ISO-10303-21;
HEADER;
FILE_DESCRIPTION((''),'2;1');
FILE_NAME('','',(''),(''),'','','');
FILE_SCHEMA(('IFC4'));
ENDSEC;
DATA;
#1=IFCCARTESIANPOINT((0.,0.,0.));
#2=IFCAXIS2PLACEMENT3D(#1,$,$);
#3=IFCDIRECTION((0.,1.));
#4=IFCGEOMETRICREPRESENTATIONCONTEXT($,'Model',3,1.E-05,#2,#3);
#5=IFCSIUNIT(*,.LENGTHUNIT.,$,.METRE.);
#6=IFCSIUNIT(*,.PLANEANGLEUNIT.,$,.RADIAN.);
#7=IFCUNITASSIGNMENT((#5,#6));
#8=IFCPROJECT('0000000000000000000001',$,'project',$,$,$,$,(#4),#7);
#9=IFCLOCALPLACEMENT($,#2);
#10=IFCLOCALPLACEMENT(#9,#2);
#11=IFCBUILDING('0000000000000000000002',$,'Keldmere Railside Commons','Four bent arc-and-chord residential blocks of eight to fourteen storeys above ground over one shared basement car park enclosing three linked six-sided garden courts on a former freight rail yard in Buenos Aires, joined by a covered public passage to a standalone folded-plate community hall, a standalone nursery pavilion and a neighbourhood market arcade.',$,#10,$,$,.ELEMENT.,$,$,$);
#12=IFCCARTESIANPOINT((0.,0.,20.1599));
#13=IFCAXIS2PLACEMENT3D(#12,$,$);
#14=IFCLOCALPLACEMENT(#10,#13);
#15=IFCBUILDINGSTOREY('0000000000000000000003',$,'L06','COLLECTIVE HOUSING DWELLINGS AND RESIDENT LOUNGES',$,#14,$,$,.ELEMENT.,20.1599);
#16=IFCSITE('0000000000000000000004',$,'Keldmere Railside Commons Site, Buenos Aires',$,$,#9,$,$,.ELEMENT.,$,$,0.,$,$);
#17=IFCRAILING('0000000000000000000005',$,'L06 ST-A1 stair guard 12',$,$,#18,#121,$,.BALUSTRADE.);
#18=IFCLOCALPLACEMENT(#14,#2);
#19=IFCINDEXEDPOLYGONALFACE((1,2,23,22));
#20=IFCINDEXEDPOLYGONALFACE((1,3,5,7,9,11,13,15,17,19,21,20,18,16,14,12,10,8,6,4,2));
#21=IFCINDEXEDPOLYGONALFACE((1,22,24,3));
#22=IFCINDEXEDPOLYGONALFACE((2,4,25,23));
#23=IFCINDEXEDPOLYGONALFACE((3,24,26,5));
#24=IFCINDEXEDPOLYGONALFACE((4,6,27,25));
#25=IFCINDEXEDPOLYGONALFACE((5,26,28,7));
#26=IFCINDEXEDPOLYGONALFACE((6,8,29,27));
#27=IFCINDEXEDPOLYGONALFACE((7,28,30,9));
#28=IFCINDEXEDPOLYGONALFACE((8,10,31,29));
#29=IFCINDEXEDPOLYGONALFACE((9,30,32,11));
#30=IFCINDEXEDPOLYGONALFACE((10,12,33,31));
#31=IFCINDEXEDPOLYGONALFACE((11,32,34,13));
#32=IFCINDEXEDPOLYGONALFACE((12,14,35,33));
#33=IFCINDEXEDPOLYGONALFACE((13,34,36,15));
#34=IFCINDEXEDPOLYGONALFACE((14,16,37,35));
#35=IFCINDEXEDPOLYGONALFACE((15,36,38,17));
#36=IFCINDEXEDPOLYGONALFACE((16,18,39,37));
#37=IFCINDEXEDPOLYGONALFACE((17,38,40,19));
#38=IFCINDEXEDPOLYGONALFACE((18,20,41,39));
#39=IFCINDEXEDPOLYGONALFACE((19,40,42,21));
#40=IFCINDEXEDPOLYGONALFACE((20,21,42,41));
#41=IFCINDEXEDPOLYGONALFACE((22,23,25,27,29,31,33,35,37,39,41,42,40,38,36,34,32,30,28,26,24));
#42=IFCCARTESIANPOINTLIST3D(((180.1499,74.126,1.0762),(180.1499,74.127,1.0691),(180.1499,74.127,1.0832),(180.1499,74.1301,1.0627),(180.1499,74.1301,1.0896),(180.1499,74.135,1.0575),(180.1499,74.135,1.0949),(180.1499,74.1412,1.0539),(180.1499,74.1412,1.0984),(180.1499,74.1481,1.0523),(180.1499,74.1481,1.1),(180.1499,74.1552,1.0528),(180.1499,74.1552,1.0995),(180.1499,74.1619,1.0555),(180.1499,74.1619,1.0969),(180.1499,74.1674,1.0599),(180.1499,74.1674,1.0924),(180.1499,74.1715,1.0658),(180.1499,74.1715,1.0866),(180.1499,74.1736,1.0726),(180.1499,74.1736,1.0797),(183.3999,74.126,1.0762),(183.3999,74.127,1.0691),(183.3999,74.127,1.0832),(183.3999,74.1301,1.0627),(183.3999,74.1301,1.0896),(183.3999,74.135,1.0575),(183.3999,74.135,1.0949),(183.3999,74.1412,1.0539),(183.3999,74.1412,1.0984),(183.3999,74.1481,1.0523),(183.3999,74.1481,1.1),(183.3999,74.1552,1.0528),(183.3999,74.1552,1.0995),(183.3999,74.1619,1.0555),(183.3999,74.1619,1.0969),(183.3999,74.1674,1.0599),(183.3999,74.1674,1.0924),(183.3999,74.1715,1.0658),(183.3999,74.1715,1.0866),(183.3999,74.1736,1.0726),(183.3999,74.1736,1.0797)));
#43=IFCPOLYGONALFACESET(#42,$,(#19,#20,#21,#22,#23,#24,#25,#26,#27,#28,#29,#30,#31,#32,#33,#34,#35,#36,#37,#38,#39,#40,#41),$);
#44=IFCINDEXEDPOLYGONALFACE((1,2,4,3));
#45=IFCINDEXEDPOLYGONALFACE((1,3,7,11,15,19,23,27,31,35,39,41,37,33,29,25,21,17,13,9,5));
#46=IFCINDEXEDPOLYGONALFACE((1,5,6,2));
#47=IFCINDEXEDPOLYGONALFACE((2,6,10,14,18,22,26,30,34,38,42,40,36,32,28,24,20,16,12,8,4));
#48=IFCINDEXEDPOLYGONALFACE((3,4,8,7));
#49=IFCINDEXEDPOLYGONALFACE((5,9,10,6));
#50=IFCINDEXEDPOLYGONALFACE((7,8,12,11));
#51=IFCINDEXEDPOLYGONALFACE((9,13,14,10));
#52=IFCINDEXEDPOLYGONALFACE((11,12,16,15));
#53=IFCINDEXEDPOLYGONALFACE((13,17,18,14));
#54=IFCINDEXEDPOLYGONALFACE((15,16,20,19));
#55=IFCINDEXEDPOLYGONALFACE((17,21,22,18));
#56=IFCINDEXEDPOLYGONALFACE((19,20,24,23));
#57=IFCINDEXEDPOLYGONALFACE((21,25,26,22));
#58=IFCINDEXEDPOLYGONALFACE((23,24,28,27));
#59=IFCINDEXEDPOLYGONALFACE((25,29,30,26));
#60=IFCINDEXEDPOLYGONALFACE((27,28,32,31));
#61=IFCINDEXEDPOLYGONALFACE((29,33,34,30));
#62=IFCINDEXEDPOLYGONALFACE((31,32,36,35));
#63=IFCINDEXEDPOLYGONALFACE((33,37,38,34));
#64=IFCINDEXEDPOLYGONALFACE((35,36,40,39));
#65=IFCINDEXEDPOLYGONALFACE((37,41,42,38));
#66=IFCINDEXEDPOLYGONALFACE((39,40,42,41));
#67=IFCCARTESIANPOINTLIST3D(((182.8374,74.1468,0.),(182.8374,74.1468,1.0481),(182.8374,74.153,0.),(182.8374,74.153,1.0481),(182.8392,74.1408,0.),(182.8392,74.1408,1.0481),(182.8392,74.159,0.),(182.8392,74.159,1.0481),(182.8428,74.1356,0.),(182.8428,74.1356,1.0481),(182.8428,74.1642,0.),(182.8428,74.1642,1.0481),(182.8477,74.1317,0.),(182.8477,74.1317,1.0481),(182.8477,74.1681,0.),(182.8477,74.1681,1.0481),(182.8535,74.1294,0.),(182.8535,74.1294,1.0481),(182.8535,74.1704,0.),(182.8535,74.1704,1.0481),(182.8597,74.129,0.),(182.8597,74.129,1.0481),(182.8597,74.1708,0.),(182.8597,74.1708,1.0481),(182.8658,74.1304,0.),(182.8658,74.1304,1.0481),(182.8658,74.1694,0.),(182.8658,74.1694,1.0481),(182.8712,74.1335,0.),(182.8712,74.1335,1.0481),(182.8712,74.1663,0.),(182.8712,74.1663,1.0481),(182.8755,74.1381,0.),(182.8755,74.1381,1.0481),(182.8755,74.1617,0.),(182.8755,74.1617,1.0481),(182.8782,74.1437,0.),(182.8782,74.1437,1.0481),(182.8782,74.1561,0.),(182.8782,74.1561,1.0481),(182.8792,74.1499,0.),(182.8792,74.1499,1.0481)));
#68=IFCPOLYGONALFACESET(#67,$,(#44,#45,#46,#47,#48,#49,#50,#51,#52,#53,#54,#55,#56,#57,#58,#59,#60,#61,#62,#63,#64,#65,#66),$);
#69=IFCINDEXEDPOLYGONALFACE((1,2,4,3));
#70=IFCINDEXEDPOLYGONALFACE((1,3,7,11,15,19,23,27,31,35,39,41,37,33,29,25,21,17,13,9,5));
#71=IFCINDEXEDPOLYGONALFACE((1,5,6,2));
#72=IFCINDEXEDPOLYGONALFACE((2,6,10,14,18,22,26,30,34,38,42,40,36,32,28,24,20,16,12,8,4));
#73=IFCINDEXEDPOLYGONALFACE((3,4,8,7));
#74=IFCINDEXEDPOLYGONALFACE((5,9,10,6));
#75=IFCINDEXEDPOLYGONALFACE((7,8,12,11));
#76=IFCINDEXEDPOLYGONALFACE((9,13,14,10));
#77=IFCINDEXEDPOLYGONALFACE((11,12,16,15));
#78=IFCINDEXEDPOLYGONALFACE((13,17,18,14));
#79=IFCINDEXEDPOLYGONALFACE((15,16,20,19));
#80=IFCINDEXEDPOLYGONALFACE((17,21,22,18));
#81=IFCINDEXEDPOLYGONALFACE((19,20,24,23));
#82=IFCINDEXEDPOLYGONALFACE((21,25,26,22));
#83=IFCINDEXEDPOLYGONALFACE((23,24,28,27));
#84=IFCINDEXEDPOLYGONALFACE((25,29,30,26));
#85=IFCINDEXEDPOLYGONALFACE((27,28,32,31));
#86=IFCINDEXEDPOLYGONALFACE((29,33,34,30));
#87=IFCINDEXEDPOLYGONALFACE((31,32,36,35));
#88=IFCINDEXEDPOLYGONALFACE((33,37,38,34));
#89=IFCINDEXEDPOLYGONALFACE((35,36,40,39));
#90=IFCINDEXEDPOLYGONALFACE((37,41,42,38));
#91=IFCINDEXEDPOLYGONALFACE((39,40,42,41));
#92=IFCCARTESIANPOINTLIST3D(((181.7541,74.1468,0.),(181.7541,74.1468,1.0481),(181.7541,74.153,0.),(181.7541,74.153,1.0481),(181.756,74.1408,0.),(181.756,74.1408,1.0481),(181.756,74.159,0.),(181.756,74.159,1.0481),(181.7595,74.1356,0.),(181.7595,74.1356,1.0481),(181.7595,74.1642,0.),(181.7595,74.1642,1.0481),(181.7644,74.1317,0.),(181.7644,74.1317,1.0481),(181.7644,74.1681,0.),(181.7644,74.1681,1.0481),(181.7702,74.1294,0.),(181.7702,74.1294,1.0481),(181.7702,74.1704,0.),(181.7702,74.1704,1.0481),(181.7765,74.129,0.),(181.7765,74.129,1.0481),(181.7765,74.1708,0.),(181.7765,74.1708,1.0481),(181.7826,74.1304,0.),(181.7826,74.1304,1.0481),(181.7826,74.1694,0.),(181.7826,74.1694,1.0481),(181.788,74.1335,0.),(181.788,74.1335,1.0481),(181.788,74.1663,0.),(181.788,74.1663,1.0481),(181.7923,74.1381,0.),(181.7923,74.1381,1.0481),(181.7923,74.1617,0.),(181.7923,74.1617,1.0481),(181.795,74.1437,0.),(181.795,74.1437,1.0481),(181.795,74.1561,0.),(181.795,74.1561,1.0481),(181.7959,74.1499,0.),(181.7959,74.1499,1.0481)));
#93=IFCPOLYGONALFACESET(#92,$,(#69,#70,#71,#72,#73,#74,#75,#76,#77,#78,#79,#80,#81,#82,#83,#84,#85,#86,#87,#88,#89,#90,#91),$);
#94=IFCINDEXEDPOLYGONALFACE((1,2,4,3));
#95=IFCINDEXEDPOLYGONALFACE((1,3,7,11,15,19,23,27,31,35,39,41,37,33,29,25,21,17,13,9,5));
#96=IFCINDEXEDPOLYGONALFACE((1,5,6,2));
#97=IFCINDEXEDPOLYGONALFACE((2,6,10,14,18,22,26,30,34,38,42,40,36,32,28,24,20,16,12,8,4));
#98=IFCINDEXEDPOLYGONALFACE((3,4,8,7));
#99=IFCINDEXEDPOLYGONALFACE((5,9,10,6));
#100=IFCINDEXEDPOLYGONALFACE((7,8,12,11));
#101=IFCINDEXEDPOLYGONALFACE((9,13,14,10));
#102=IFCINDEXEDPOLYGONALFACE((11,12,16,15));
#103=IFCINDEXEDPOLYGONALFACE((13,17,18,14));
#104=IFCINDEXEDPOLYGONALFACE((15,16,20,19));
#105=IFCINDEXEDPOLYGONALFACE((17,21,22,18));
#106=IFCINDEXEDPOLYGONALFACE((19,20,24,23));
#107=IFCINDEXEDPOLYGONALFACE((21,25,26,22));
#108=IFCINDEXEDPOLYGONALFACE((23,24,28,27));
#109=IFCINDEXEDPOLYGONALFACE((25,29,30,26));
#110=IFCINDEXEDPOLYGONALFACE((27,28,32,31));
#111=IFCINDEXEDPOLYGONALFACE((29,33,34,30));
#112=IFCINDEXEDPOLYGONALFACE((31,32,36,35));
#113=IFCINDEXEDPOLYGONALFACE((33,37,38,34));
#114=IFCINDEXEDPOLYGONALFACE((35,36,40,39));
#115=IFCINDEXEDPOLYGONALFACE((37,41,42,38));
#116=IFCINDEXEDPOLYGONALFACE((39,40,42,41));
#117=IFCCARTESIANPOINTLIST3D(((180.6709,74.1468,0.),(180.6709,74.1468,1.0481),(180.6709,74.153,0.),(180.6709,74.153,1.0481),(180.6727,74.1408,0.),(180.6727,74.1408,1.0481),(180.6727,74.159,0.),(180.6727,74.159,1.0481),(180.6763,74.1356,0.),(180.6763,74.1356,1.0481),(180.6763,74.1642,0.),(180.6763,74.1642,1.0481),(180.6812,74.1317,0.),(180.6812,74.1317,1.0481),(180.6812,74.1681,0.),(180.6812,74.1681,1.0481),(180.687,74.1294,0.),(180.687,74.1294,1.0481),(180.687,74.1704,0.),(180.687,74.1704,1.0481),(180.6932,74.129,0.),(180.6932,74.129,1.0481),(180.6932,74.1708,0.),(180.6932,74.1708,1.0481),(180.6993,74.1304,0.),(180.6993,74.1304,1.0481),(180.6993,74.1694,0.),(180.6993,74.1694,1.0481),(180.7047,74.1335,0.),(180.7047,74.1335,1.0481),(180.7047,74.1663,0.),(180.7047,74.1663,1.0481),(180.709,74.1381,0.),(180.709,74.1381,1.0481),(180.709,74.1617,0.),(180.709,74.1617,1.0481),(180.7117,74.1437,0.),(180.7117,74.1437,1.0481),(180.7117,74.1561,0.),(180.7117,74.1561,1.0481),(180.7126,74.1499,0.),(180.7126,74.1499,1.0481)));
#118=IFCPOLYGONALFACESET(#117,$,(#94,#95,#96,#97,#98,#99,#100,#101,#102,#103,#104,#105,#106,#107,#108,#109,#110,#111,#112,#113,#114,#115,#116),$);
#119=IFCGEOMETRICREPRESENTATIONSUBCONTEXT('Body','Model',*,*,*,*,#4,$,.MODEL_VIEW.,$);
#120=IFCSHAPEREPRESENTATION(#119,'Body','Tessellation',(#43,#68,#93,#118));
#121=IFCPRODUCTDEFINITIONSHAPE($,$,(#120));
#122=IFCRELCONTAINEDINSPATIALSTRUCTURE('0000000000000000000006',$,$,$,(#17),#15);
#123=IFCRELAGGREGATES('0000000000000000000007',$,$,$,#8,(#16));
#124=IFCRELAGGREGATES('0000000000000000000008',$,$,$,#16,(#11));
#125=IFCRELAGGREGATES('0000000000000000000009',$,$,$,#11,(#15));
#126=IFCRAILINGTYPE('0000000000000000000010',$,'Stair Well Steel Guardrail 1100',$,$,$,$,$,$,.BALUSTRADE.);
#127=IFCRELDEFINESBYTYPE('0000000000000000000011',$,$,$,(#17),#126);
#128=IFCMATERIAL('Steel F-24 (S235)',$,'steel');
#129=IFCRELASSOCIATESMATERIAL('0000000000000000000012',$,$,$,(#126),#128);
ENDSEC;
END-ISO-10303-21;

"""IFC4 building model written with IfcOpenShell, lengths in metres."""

from ifc_helpers import new_model, si_unit, direction, frame, origin, origin_2d, place, context, subcontext, project, spatial, circle, extrude, material, type_object, element, save


model = new_model("IFC4")

# Units and contexts
model_context = context("Model", 3, precision=1e-05, world=origin(), true_north=direction((0.0, 1.0)))
body_context = subcontext(model_context, "Body", "Model", "MODEL_VIEW")
ifc_project = project(units=[si_unit("LENGTHUNIT", "METRE"), si_unit("PLANEANGLEUNIT", "RADIAN")], contexts=[model_context])

# Site, building, storey
site_placement = place(None, origin())
site = spatial("IfcSite", under=ifc_project, at=site_placement, Name="Keldmere Railside Commons Site, Buenos Aires", CompositionType="ELEMENT", RefElevation=0.0)
building_placement = place(site_placement, origin())
building = spatial("IfcBuilding", under=site, at=building_placement, Name="Keldmere Railside Commons", Description="Four bent arc-and-chord residential blocks of eight to fourteen storeys above ground over one shared basement car park enclosing three linked six-sided garden courts on a former freight rail yard in Buenos Aires, joined by a covered public passage to a standalone folded-plate community hall, a standalone nursery pavilion and a neighbourhood market arcade.", CompositionType="ELEMENT")
storey_placement = place(building_placement, frame((0.0, 0.0, 20.1599)))
storey = spatial("IfcBuildingStorey", under=building, at=storey_placement, Name="L06", Description="COLLECTIVE HOUSING DWELLINGS AND RESIDENT LOUNGES", CompositionType="ELEMENT", Elevation=20.1599)

# Shared definitions
ifc_material_1 = material(Name="Steel F-24 (S235)", Category="steel")

# Railing
railing_type_1 = type_object("IfcRailingType", Name="Stair Well Steel Guardrail 1100", PredefinedType="BALUSTRADE", material=ifc_material_1)
railing_1_placement = place(storey_placement, frame((183.3999, 74.1499, 0.0)))
element("IfcRailing", 1, at=railing_1_placement, inside=storey, type_object=railing_type_1, Name="L06 ST-A1 stair guard 12", PredefinedType="BALUSTRADE", context=body_context, shape_type="SweptSolid", body=[
    extrude(circle(Radius=0.0239, at=origin_2d()), frame((0.0, 0.0, 1.0762), z_axis=(-1.0, 0.0, 0.0), x_axis=(0.0, -1.0, 0.0)), (0.0, 0.0, 1.0), 3.25),
    extrude(circle(Radius=0.021, at=origin_2d()), frame((-0.5417, 0.0, 0.0)), (0.0, 0.0, 1.0), 1.0481),
    extrude(circle(Radius=0.021, at=origin_2d()), frame((-1.625, 0.0, 0.0)), (0.0, 0.0, 1.0), 1.0481),
    extrude(circle(Radius=0.021, at=origin_2d()), frame((-2.7083, 0.0, 0.0)), (0.0, 0.0, 1.0), 1.0481),
])

save(model, "model.ifc")
